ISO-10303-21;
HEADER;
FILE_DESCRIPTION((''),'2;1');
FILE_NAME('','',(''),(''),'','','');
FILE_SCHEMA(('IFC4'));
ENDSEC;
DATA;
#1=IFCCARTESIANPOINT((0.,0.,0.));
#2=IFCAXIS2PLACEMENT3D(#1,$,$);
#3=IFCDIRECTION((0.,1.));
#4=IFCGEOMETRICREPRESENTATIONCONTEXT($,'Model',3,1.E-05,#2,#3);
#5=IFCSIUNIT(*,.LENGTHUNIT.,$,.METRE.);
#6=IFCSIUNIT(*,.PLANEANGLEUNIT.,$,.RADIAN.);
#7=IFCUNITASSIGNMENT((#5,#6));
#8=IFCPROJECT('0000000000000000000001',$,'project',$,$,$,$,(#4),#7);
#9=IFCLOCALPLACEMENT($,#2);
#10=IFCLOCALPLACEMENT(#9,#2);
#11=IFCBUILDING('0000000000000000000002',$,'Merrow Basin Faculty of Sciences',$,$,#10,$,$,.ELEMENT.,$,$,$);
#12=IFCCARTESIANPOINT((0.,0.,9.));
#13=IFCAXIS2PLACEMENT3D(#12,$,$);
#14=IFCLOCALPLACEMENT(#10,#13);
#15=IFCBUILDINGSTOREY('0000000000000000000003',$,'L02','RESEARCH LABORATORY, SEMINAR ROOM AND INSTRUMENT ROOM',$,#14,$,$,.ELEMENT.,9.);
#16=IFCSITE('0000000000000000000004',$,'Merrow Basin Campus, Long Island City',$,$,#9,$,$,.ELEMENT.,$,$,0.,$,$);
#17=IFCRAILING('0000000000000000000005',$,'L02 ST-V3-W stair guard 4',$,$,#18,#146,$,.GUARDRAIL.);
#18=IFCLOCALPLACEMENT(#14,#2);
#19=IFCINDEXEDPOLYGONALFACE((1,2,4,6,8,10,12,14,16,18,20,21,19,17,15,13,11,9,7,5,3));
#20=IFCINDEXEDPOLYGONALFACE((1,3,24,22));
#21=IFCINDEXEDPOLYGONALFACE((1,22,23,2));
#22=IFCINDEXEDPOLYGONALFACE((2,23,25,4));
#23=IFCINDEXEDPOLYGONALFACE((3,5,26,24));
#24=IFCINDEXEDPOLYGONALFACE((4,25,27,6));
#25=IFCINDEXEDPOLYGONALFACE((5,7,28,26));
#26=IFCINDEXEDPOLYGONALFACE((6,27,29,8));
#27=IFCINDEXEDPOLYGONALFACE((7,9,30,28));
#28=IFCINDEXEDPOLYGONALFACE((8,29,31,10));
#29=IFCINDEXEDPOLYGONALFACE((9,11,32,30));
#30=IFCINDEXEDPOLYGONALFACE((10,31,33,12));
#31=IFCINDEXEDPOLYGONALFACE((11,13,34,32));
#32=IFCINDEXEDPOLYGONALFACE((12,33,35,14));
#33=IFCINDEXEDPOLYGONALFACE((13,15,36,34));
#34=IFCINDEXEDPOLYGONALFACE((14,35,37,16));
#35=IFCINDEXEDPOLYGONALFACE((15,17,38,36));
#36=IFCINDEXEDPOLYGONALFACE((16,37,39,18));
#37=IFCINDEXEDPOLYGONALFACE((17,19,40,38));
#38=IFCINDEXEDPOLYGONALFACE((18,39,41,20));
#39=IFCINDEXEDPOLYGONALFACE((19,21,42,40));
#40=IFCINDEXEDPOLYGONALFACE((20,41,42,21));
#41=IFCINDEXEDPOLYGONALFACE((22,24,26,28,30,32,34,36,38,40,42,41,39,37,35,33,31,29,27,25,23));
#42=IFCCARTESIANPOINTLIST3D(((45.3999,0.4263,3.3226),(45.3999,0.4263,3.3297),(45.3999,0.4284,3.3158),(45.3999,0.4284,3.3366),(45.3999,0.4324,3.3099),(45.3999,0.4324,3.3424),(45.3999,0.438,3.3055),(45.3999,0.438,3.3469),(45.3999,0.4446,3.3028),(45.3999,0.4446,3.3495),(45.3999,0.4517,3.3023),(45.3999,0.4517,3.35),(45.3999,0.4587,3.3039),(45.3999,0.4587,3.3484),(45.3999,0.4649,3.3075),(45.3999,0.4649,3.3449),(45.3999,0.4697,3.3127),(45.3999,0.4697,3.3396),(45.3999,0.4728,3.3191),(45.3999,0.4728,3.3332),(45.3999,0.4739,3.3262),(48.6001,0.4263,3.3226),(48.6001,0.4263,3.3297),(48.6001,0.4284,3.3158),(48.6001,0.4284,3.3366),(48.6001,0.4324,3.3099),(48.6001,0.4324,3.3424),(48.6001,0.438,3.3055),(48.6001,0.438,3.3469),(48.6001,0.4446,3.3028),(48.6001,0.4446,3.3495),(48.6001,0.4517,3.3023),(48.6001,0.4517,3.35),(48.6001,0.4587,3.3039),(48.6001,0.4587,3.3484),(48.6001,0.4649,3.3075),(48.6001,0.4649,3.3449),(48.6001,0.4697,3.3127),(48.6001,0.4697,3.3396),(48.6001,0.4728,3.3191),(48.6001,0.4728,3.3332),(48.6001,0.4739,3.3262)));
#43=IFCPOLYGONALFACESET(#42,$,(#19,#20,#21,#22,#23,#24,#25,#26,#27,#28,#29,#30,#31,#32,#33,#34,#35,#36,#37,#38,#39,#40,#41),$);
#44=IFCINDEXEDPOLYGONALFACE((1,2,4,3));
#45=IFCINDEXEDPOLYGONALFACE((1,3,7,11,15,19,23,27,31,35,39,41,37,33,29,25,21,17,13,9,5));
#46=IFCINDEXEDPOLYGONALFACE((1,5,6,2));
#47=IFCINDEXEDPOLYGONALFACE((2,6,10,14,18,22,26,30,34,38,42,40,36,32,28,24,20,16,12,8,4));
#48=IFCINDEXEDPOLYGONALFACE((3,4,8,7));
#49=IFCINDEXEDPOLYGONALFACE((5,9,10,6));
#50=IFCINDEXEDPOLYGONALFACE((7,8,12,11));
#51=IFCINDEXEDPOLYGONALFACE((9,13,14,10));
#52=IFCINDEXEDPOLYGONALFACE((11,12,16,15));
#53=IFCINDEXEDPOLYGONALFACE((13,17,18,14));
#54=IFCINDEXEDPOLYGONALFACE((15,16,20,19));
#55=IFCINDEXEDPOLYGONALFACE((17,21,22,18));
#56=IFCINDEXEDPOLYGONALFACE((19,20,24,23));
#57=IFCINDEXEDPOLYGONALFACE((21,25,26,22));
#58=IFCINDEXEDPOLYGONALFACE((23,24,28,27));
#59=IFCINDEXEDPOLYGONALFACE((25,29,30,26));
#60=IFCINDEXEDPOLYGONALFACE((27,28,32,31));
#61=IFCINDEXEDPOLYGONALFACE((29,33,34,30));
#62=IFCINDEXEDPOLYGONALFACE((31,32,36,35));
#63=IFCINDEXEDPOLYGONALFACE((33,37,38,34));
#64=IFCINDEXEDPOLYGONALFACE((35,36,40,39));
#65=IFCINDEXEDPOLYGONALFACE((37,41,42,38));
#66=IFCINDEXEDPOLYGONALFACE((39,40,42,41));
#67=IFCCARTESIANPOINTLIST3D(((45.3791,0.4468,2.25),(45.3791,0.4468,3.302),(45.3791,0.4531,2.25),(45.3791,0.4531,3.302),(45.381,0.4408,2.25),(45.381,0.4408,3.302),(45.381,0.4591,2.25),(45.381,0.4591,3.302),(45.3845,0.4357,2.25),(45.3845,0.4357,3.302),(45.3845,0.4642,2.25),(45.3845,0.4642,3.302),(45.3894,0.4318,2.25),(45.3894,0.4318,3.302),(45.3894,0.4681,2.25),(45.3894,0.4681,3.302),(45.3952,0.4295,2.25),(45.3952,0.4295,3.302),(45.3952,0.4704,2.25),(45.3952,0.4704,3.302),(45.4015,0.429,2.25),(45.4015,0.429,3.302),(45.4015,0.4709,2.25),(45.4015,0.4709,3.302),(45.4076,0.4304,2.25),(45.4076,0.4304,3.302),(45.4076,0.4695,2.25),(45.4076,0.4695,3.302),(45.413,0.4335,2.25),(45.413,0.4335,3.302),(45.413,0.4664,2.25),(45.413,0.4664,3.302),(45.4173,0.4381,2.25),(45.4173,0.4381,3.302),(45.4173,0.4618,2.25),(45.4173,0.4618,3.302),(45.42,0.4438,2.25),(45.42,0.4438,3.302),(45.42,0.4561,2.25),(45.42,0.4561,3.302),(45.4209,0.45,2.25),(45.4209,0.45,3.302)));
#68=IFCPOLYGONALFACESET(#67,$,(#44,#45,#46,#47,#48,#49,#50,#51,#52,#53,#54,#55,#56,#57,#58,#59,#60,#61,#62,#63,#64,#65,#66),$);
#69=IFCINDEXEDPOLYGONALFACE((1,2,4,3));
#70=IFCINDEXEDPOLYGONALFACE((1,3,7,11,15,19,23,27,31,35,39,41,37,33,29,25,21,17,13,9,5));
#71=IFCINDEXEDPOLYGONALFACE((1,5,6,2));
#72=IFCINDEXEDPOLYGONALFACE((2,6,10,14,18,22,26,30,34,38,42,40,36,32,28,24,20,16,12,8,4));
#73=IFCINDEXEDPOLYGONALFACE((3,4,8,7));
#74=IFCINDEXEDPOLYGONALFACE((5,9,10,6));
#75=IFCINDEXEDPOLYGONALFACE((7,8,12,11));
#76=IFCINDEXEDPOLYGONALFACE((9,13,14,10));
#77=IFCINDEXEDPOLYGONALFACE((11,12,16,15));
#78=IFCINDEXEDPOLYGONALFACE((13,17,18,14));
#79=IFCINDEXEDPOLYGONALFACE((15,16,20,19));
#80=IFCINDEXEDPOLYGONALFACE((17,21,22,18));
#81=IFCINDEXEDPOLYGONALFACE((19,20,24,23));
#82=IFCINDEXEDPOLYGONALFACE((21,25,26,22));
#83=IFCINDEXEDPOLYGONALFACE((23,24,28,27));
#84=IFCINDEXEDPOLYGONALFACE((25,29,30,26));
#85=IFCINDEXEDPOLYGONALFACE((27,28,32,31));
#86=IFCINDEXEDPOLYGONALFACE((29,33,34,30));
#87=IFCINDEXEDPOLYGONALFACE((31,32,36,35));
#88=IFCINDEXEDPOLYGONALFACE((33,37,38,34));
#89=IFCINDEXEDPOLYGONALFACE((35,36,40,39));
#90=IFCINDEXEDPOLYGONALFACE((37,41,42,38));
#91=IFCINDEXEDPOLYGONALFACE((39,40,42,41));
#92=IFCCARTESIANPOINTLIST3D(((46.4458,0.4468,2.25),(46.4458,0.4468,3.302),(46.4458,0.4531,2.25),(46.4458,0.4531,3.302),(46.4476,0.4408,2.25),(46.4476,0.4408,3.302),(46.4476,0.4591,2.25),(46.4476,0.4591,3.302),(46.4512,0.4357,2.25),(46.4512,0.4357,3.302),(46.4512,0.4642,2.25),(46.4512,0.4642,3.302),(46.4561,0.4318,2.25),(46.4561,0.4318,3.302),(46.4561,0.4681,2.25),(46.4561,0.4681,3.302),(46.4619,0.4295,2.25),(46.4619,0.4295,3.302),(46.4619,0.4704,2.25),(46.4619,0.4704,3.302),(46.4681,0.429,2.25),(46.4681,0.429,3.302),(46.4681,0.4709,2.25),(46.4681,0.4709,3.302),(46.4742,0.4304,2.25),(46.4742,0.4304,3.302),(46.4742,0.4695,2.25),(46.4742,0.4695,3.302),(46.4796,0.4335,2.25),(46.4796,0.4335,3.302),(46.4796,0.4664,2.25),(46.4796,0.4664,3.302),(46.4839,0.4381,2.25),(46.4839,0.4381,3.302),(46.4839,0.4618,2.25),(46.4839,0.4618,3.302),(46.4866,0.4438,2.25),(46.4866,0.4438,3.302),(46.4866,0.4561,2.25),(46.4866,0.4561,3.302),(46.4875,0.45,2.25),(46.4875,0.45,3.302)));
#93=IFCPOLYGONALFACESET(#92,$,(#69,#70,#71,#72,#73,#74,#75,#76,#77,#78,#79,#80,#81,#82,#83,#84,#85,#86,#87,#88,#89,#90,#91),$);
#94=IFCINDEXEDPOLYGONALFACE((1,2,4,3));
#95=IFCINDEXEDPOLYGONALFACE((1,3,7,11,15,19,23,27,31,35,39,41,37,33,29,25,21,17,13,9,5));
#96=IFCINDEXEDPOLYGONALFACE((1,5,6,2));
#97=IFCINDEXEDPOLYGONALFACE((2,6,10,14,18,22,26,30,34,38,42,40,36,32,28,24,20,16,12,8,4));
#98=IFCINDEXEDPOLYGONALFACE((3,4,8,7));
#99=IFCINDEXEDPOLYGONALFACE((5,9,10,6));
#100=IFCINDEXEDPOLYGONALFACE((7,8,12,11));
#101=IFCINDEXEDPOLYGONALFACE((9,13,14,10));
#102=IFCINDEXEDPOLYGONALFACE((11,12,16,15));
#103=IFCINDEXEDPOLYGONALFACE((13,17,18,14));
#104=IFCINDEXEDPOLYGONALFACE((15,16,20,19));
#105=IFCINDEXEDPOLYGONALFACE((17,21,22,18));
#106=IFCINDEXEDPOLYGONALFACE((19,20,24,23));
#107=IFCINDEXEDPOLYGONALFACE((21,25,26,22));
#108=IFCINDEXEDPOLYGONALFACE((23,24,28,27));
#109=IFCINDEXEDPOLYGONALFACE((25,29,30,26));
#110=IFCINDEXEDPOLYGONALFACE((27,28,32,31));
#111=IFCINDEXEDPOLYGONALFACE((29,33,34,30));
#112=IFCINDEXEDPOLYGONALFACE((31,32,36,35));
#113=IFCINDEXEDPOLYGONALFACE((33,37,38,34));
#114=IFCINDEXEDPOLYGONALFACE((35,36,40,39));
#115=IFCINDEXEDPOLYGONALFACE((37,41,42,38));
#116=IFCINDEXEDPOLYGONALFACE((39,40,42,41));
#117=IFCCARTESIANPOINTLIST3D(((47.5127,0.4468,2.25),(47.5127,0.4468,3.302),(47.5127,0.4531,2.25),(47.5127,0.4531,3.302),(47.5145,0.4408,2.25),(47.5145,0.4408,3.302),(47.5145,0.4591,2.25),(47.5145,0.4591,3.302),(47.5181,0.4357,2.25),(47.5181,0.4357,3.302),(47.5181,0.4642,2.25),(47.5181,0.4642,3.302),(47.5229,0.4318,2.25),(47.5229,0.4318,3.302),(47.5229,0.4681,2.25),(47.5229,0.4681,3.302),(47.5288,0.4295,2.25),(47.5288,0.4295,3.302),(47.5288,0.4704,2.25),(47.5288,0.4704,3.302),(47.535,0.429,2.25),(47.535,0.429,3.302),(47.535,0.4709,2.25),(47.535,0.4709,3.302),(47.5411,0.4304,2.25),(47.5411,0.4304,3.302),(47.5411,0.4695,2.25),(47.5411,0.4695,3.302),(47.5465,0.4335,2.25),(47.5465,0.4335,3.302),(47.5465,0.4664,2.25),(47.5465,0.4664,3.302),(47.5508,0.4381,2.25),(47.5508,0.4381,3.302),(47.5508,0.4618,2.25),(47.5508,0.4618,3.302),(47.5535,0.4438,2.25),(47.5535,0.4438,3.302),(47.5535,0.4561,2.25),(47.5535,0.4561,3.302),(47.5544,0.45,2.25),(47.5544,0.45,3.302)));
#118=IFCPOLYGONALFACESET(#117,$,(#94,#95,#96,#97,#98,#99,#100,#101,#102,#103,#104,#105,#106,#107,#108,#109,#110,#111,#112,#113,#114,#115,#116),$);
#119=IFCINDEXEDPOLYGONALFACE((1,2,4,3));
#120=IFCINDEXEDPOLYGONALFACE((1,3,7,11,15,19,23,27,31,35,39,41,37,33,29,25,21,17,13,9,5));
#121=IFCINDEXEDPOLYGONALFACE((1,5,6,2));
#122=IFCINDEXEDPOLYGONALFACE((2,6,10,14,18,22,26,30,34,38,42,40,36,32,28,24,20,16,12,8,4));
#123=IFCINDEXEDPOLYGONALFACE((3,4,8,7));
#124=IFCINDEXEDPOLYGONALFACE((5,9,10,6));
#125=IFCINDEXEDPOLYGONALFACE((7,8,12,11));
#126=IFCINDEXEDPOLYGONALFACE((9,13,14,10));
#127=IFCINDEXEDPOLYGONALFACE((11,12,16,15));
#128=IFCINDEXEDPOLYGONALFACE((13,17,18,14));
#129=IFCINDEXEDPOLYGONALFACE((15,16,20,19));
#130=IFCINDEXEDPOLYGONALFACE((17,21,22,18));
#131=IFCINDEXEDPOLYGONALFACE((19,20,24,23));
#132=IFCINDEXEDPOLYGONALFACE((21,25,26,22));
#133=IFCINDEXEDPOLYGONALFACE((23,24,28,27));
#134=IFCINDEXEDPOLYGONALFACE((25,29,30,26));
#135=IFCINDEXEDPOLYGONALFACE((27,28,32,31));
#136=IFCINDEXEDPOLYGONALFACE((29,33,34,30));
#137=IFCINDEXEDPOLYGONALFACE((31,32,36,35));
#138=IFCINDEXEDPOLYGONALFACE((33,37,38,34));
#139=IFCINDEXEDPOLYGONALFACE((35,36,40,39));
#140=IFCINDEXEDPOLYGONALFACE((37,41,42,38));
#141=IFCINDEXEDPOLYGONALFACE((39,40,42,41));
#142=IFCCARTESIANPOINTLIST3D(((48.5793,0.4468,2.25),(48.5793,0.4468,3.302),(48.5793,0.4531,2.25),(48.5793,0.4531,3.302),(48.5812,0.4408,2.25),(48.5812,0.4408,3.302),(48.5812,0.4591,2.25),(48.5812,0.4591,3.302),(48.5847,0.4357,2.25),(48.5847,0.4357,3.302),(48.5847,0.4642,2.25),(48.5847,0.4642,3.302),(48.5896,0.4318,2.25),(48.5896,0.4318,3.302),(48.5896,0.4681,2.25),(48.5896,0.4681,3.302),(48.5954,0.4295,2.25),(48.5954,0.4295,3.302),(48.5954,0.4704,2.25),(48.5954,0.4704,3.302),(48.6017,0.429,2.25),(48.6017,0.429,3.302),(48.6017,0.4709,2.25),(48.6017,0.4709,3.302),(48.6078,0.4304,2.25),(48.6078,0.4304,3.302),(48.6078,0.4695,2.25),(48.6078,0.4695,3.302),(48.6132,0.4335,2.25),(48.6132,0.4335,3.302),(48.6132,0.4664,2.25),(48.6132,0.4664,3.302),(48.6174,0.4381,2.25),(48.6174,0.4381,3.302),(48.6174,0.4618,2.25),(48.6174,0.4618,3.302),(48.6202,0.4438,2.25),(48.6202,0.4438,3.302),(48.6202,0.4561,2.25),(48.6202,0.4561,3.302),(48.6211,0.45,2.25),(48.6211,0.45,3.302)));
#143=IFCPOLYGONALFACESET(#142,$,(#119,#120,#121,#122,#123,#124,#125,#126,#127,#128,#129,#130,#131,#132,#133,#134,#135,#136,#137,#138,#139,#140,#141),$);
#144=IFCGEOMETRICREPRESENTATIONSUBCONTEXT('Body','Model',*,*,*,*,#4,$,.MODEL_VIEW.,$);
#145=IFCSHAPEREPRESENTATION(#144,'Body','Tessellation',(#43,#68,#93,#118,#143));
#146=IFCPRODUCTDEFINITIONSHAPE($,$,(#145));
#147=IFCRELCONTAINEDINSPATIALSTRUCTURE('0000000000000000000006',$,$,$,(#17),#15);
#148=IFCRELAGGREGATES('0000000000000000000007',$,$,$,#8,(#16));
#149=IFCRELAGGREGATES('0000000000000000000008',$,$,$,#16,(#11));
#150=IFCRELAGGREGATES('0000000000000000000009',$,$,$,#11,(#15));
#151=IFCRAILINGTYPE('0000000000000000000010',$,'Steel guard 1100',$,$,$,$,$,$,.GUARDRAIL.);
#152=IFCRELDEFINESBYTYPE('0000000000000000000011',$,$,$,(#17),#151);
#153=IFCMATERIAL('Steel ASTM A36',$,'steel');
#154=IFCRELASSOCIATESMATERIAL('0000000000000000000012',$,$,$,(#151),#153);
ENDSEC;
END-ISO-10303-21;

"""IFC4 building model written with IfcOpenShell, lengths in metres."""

from ifc_helpers import new_model, si_unit, direction, frame, origin, origin_2d, place, context, subcontext, project, spatial, circle, extrude, material, type_object, element, save


model = new_model("IFC4")

# Units and contexts
model_context = context("Model", 3, precision=1e-05, world=origin(), true_north=direction((0.0, 1.0)))
body_context = subcontext(model_context, "Body", "Model", "MODEL_VIEW")
ifc_project = project(units=[si_unit("LENGTHUNIT", "METRE"), si_unit("PLANEANGLEUNIT", "RADIAN")], contexts=[model_context])

# Site, building, storey
site_placement = place(None, origin())
site = spatial("IfcSite", under=ifc_project, at=site_placement, Name="Merrow Basin Campus, Long Island City", CompositionType="ELEMENT", RefElevation=0.0)
building_placement = place(site_placement, origin())
building = spatial("IfcBuilding", under=site, at=building_placement, Name="Merrow Basin Faculty of Sciences", CompositionType="ELEMENT")
storey_placement = place(building_placement, frame((0.0, 0.0, 9.0)))
storey = spatial("IfcBuildingStorey", under=building, at=storey_placement, Name="L02", Description="RESEARCH LABORATORY, SEMINAR ROOM AND INSTRUMENT ROOM", CompositionType="ELEMENT", Elevation=9.0)

# Railing
ifc_material_1 = material(Name="Steel ASTM A36", Category="steel")
railing_type_1 = type_object("IfcRailingType", Name="Steel guard 1100", PredefinedType="GUARDRAIL", material=ifc_material_1)
railing_1_placement = place(storey_placement, frame((45.3999, 0.45, 2.25)))
element("IfcRailing", 1, at=railing_1_placement, inside=storey, type_object=railing_type_1, Name="L02 ST-V3-W stair guard 4", PredefinedType="GUARDRAIL", context=body_context, shape_type="SweptSolid", body=[
    extrude(circle(Radius=0.0239, at=origin_2d()), frame((0.0, 0.0, 1.0762), z_axis=(1.0, 0.0, 0.0), x_axis=(0.0, 1.0, 0.0)), (0.0, 0.0, 1.0), 3.2002),
    extrude(circle(Radius=0.021, at=origin_2d()), origin(), (0.0, 0.0, 1.0), 1.052),
    extrude(circle(Radius=0.021, at=origin_2d()), frame((1.0667, 0.0, 0.0)), (0.0, 0.0, 1.0), 1.052),
    extrude(circle(Radius=0.021, at=origin_2d()), frame((2.1335, 0.0, 0.0)), (0.0, 0.0, 1.0), 1.052),
    extrude(circle(Radius=0.021, at=origin_2d()), frame((3.2002, 0.0, 0.0)), (0.0, 0.0, 1.0), 1.052),
])

save(model, "model.ifc")
